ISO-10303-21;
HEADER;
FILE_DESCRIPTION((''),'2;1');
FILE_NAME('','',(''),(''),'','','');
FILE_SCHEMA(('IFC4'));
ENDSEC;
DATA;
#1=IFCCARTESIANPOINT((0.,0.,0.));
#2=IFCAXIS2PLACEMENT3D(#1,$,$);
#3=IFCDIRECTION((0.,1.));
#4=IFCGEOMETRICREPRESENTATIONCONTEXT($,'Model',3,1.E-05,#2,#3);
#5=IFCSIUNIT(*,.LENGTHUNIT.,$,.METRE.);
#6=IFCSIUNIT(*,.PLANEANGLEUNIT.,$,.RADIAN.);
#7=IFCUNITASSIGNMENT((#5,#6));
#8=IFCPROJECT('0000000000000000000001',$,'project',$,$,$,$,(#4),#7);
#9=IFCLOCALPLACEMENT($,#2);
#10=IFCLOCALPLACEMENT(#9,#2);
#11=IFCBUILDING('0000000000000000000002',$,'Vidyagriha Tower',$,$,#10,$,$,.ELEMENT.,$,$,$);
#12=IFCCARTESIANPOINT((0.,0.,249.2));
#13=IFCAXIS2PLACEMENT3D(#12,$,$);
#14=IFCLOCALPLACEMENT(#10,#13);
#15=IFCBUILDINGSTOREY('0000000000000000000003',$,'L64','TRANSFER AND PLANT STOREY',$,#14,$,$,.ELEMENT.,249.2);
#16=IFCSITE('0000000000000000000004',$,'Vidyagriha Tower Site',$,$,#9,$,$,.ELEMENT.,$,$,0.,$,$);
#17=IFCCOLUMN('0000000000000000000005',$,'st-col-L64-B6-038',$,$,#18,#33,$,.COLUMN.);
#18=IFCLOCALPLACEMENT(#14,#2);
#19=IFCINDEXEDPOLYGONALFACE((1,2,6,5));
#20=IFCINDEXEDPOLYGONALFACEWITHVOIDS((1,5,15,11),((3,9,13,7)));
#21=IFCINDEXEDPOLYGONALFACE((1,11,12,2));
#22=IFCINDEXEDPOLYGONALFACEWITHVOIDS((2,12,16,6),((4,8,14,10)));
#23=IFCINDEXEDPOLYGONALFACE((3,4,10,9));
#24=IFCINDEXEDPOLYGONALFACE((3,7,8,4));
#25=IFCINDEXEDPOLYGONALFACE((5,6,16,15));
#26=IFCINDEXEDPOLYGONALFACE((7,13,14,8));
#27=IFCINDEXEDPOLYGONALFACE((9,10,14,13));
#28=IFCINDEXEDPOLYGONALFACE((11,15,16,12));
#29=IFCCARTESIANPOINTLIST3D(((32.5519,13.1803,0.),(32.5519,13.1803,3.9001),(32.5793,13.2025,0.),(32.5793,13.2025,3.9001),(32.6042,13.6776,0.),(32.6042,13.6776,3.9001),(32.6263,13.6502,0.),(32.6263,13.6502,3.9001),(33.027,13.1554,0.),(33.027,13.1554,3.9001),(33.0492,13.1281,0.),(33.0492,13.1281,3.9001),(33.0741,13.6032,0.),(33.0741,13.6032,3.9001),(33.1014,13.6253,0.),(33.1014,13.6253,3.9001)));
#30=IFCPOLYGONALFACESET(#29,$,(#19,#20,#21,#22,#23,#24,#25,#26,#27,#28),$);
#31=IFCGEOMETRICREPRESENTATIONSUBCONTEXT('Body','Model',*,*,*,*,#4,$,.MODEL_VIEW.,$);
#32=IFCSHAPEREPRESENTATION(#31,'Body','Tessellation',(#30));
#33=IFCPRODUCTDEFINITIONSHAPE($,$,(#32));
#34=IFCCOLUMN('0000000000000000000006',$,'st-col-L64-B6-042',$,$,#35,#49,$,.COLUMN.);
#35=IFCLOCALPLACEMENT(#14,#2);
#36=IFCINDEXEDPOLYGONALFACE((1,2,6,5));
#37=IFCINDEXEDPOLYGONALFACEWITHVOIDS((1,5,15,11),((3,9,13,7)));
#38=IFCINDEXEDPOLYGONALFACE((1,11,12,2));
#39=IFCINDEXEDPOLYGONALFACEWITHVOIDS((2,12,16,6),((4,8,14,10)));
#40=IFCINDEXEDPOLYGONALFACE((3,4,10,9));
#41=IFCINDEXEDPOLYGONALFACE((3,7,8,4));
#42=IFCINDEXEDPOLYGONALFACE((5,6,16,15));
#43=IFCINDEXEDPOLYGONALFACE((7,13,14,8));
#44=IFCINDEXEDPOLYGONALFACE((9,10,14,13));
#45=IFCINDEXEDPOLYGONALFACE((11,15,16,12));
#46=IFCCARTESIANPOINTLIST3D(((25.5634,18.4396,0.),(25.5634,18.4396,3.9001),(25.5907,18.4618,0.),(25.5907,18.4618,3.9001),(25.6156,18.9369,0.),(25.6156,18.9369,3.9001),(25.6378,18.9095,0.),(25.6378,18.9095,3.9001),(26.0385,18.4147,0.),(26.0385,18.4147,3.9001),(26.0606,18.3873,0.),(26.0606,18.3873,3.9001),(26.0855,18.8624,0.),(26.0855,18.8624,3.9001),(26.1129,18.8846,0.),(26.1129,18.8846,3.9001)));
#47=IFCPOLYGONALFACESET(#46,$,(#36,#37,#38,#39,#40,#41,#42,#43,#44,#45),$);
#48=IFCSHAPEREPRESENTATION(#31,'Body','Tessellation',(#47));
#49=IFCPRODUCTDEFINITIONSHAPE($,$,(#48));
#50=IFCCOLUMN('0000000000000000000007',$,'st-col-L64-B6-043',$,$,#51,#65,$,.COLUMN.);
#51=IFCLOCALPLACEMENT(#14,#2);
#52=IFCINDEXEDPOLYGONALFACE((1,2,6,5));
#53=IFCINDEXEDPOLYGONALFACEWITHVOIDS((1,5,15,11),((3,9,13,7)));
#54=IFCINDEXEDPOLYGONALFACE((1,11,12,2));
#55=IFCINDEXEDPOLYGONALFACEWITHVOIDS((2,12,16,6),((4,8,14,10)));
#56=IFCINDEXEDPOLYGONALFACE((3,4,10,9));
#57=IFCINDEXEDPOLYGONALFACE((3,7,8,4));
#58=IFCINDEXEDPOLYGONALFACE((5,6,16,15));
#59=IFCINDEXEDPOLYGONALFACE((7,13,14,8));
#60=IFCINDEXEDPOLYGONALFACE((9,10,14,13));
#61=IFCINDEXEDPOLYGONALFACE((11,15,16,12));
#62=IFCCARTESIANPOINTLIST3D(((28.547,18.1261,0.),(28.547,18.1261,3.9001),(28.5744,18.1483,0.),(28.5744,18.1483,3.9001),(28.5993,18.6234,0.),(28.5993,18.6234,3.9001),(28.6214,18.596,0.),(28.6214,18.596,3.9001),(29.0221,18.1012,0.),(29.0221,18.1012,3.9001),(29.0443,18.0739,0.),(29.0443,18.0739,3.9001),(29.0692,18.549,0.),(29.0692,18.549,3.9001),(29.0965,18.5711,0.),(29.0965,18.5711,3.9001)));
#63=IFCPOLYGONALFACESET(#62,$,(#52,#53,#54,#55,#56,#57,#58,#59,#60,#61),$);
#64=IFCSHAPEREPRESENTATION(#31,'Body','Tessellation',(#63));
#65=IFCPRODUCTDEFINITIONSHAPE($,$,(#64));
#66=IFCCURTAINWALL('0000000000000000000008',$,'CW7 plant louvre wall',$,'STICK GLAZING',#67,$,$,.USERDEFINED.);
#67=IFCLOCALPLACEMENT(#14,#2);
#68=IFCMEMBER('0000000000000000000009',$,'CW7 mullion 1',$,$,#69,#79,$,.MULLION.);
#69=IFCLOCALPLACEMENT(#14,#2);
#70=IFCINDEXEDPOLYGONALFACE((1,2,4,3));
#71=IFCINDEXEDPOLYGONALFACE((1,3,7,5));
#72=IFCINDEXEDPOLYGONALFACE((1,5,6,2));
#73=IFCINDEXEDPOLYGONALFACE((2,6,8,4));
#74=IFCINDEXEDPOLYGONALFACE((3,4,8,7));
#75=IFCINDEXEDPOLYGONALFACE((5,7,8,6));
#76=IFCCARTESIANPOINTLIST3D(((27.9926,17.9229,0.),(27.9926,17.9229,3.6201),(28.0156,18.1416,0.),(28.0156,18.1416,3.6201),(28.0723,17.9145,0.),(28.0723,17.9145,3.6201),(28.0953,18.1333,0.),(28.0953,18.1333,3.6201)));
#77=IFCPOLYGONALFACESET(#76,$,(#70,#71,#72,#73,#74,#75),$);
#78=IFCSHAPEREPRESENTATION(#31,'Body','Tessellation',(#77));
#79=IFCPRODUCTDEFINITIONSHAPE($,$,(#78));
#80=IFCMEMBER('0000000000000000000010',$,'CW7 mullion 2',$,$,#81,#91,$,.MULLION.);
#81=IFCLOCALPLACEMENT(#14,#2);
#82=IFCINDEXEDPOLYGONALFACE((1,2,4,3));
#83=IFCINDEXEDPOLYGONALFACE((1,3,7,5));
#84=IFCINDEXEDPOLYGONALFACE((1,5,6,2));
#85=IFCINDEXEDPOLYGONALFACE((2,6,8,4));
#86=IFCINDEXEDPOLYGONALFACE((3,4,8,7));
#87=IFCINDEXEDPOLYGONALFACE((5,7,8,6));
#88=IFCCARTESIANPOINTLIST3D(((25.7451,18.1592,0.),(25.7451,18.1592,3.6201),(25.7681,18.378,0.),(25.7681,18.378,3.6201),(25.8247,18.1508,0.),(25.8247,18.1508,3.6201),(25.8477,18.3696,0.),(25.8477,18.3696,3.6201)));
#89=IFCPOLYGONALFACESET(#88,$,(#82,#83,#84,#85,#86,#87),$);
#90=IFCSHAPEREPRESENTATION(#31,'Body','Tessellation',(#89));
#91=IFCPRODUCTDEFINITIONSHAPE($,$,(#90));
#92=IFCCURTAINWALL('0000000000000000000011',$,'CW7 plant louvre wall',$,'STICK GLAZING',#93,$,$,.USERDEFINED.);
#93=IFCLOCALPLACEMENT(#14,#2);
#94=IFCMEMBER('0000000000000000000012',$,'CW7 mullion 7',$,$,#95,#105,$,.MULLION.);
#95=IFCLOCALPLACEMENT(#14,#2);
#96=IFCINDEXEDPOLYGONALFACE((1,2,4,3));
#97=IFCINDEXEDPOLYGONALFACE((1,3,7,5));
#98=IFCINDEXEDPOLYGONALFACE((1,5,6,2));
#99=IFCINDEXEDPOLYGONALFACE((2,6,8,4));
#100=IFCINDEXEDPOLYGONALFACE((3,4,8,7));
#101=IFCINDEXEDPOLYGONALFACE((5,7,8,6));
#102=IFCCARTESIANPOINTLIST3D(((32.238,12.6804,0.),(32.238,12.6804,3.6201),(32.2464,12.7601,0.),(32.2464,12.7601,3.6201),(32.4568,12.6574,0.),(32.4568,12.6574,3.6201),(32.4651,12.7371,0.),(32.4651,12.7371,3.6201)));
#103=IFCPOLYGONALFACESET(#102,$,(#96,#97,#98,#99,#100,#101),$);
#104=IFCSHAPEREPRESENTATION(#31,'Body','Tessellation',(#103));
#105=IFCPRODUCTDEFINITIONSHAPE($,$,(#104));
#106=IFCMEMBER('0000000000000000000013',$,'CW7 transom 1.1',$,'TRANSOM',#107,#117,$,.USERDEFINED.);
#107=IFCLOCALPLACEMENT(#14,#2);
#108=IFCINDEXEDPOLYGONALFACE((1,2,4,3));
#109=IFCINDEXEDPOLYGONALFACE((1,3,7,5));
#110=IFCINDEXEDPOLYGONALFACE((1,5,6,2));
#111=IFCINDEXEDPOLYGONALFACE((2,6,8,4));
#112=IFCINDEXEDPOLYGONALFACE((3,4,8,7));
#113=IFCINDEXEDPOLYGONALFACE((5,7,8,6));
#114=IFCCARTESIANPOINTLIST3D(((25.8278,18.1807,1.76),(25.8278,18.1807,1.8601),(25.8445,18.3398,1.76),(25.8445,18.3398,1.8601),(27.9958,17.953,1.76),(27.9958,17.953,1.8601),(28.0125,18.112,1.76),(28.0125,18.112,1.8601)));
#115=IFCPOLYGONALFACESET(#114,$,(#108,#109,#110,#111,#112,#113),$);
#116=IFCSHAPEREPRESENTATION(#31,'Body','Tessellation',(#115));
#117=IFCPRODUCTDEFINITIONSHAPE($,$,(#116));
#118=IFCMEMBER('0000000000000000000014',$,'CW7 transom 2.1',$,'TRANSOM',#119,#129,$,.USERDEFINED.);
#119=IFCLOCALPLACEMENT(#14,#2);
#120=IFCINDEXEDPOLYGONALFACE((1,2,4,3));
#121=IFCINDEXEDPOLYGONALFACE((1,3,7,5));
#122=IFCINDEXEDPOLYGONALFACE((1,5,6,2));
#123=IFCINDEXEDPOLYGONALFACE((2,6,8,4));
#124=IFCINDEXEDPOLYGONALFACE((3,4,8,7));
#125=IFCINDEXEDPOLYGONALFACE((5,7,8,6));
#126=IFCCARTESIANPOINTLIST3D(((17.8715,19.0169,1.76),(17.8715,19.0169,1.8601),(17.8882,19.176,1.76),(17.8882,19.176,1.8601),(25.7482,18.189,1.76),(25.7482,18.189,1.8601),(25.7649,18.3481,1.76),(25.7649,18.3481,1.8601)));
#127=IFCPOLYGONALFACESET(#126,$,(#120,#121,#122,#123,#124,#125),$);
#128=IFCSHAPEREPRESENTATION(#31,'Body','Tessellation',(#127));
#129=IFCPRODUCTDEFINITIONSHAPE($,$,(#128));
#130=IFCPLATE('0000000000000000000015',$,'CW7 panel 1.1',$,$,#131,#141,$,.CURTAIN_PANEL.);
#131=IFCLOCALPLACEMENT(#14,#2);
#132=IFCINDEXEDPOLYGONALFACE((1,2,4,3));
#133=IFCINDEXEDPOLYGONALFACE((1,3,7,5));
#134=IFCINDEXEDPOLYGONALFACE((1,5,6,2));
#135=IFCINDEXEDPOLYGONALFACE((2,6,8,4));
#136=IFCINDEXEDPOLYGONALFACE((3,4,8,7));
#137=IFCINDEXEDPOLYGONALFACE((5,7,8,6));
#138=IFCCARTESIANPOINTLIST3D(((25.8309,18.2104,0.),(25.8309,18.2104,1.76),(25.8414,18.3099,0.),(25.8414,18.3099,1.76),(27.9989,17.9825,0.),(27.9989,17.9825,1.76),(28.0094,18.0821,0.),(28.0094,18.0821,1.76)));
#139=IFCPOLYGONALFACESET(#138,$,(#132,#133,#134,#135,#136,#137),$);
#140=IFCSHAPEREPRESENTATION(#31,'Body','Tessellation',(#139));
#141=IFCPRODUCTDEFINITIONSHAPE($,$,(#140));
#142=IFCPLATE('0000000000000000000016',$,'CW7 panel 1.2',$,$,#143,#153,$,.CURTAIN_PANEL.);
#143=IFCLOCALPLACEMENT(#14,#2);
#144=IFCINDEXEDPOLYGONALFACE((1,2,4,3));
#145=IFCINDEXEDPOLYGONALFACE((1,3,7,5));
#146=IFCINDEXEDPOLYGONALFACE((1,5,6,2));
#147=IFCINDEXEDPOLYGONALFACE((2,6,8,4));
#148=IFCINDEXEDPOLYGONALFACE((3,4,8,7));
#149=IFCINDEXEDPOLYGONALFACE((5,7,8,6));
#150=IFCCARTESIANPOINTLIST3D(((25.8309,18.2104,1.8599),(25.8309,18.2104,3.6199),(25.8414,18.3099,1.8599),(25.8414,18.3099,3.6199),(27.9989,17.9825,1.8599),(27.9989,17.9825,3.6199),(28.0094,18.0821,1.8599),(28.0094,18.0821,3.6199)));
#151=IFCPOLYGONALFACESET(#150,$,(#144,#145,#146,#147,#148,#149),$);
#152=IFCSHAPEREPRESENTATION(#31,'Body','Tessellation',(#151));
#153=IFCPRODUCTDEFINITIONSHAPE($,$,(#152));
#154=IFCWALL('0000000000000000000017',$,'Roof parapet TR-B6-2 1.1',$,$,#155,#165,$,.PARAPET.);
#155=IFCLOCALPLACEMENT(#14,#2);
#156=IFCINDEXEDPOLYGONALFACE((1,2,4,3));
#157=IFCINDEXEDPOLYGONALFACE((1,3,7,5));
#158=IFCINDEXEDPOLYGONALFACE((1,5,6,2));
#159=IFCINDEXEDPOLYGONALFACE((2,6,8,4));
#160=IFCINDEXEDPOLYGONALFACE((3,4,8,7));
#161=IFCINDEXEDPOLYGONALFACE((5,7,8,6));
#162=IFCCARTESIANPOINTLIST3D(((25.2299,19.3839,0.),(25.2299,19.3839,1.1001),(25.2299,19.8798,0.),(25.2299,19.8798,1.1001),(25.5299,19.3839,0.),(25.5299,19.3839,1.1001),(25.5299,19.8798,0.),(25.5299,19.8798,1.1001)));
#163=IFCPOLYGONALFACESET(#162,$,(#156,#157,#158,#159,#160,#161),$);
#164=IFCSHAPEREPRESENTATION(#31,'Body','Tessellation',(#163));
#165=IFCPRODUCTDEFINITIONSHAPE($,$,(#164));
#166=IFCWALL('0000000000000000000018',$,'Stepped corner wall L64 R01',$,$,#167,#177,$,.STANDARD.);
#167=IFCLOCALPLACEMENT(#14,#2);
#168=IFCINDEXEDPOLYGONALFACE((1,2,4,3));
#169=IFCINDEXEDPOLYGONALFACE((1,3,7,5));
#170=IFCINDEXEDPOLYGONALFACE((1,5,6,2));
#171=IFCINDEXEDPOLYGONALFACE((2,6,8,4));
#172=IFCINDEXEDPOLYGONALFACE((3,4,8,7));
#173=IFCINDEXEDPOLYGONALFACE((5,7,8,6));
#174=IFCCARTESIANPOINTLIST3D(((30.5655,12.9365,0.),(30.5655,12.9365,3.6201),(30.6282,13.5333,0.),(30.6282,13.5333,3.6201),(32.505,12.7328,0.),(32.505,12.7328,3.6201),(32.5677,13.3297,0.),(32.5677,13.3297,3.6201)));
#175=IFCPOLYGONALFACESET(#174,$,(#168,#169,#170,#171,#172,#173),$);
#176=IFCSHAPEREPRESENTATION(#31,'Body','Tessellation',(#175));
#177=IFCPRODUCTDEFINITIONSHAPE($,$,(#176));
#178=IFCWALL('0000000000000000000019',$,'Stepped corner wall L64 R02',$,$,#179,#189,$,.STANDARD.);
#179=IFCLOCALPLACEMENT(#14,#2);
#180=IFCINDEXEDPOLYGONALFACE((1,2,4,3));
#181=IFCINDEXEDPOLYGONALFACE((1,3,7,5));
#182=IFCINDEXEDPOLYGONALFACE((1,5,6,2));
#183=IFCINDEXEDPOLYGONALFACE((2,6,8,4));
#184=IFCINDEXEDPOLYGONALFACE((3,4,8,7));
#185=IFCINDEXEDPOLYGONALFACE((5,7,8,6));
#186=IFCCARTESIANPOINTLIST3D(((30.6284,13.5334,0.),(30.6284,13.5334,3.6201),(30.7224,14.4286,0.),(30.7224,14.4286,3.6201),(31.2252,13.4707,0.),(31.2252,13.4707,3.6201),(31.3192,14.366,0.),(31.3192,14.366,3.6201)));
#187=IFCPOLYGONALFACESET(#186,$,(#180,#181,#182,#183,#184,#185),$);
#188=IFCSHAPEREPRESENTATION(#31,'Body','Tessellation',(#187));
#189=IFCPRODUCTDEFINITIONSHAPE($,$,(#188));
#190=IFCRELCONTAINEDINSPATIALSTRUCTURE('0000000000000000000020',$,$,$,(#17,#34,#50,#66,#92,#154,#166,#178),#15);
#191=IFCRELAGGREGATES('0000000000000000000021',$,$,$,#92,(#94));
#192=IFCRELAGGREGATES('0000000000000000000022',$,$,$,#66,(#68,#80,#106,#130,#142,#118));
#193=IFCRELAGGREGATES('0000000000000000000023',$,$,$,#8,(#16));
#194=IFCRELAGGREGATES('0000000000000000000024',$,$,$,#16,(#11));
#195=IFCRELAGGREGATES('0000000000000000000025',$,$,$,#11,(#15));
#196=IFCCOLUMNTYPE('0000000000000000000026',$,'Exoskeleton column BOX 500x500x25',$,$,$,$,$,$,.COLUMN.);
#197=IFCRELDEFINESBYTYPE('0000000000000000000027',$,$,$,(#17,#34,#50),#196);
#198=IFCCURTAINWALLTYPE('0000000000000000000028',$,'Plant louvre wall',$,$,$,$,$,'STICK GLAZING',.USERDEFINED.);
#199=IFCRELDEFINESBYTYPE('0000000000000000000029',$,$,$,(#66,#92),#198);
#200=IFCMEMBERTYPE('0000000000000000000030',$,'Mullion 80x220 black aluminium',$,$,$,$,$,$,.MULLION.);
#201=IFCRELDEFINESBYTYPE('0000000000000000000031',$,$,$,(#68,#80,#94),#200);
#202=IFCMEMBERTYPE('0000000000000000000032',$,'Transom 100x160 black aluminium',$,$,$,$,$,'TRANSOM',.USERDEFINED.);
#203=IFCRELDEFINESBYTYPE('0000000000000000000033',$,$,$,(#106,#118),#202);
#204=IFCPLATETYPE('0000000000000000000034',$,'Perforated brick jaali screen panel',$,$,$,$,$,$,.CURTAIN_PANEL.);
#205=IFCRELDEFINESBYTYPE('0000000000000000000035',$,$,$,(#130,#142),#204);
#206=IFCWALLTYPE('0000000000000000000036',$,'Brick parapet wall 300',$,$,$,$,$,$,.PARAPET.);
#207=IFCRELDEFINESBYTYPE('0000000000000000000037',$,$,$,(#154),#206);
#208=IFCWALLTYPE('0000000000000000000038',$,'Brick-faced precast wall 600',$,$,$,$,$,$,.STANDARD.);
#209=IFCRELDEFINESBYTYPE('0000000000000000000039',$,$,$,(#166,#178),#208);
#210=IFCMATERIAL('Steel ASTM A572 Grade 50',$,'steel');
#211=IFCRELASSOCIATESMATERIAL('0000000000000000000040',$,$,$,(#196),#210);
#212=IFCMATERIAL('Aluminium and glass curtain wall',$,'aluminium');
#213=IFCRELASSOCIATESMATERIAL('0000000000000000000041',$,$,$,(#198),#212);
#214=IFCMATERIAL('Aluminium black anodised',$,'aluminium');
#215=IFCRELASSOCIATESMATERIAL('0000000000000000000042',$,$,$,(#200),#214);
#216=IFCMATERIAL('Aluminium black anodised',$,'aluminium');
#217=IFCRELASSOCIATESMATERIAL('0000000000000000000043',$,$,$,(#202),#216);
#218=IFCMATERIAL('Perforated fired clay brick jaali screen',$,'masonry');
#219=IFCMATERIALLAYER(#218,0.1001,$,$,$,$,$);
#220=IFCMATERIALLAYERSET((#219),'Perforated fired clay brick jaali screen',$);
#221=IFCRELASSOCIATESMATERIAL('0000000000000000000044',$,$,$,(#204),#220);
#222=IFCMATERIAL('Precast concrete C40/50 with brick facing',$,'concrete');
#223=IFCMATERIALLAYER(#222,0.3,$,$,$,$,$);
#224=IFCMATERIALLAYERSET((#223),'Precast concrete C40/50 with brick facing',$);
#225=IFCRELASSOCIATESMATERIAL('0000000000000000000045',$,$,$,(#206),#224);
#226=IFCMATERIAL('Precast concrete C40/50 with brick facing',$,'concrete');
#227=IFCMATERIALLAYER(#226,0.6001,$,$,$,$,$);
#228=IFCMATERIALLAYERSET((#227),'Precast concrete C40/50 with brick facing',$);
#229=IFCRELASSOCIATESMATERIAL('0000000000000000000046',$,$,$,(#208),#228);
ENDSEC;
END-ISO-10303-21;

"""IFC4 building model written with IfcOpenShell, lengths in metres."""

from ifc_helpers import new_model, si_unit, direction, frame, frame_2d, origin, origin_2d, place, context, subcontext, project, spatial, rectangle, hollow_rectangle, extrude, material, layer, layer_set, material_profile, profile_set, type_object, element, aggregate, save


model = new_model("IFC4")

# Units and contexts
model_context = context("Model", 3, precision=1e-05, world=origin(), true_north=direction((0.0, 1.0)))
body_context = subcontext(model_context, "Body", "Model", "MODEL_VIEW")
ifc_project = project(units=[si_unit("LENGTHUNIT", "METRE"), si_unit("PLANEANGLEUNIT", "RADIAN")], contexts=[model_context])

# Site, building, storey
site_placement = place(None, origin())
site = spatial("IfcSite", under=ifc_project, at=site_placement, Name="Vidyagriha Tower Site", CompositionType="ELEMENT", RefElevation=0.0)
building_placement = place(site_placement, origin())
building = spatial("IfcBuilding", under=site, at=building_placement, Name="Vidyagriha Tower", CompositionType="ELEMENT")
storey_placement = place(building_placement, frame((0.0, 0.0, 249.2)))
storey = spatial("IfcBuildingStorey", under=building, at=storey_placement, Name="L64", Description="TRANSFER AND PLANT STOREY", CompositionType="ELEMENT", Elevation=249.2)

# Columns
ifc_material_1 = material(Name="Steel ASTM A572 Grade 50", Category="steel")
ifc_material_profile_1 = material_profile(ifc_material_1, hollow_rectangle(XDim=0.5, YDim=0.5, WallThickness=0.0249, at=origin_2d()), Name="BOX 500x500x25")
ifc_profile_set_1 = profile_set([ifc_material_profile_1], Name="Steel ASTM A572 Grade 50")
column_type = type_object("IfcColumnType", Name="Exoskeleton column BOX 500x500x25", PredefinedType="COLUMN", material=ifc_profile_set_1)
for number, where, z_axis, x_axis, name in (
    (1, (32.8267, 13.4028, 0.0), (0.0, 0.0, 1.0), (0.994522, -0.104528, 0.0), "st-col-L64-B6-038"),
    (2, (25.8381, 18.6621, 0.0), (0.0, 0.0, 1.0), (0.994522, -0.104528, 0.0), "st-col-L64-B6-042"),
    (3, (28.8218, 18.3486, 0.0), (0.0, 0.0, 1.0), (0.994522, -0.104528, 0.0), "st-col-L64-B6-043"),
):
    element("IfcColumn", number, at=place(storey_placement, frame(where, z_axis=z_axis, x_axis=x_axis)), inside=storey, type_object=column_type, Name=name, PredefinedType="COLUMN", context=body_context, shape_type="SweptSolid", body=[
        extrude(hollow_rectangle(XDim=0.5, YDim=0.5, WallThickness=0.0249, at=origin_2d()), origin(), (0.0, 0.0, 1.0), 3.9001),
    ])

# Curtain wall, members
ifc_material_2 = material(Name="Aluminium and glass curtain wall", Category="aluminium")
curtain_wall_type = type_object("IfcCurtainWallType", Name="Plant louvre wall", ElementType="STICK GLAZING", PredefinedType="USERDEFINED", material=ifc_material_2)
curtain_wall_1_placement = place(storey_placement, origin())
curtain_wall_1 = element("IfcCurtainWall", 4, at=curtain_wall_1_placement, inside=storey, type_object=curtain_wall_type, Name="CW7 plant louvre wall", ObjectType="STICK GLAZING", PredefinedType="USERDEFINED")
ifc_material_3 = material(Name="Aluminium black anodised", Category="aluminium")
ifc_material_profile_2 = material_profile(ifc_material_3, rectangle(XDim=0.22, YDim=0.0801, at=origin_2d()), Name="Mullion 80x220 black aluminium")
ifc_profile_set_2 = profile_set([ifc_material_profile_2], Name="Aluminium black anodised")
member_type_1 = type_object("IfcMemberType", Name="Mullion 80x220 black aluminium", PredefinedType="MULLION", material=ifc_profile_set_2)
member_1_placement = place(storey_placement, frame((28.0439, 18.0281, 0.0), z_axis=(0.0, 0.0, 1.0), x_axis=(-0.104529, -0.994522, 0.0)))
member_1 = element("IfcMember", 5, at=member_1_placement, type_object=member_type_1, Name="CW7 mullion 1", PredefinedType="MULLION", context=body_context, shape_type="SweptSolid", body=[
    extrude(rectangle(XDim=0.22, YDim=0.0801, at=origin_2d()), origin(), (0.0, 0.0, 1.0), 3.6201),
])
member_2_placement = place(storey_placement, frame((25.7964, 18.2644, 0.0), z_axis=(0.0, 0.0, 1.0), x_axis=(-0.104529, -0.994522, 0.0)))
member_2 = element("IfcMember", 6, at=member_2_placement, type_object=member_type_1, Name="CW7 mullion 2", PredefinedType="MULLION", context=body_context, shape_type="SweptSolid", body=[
    extrude(rectangle(XDim=0.22, YDim=0.0801, at=origin_2d()), origin(), (0.0, 0.0, 1.0), 3.6201),
])

# Curtain wall, member
curtain_wall_2_placement = place(storey_placement, origin())
curtain_wall_2 = element("IfcCurtainWall", 7, at=curtain_wall_2_placement, inside=storey, type_object=curtain_wall_type, Name="CW7 plant louvre wall", ObjectType="STICK GLAZING", PredefinedType="USERDEFINED")
member_3_placement = place(storey_placement, frame((32.3516, 12.7087, 0.0), z_axis=(0.0, 0.0, 1.0), x_axis=(-0.994522, 0.104527, 0.0)))
member_3 = element("IfcMember", 8, at=member_3_placement, type_object=member_type_1, Name="CW7 mullion 7", PredefinedType="MULLION", context=body_context, shape_type="SweptSolid", body=[
    extrude(rectangle(XDim=0.22, YDim=0.0801, at=origin_2d()), origin(), (0.0, 0.0, 1.0), 3.6201),
])
aggregate(curtain_wall_2, [member_3])

# Members
ifc_material_4 = material(Name="Aluminium black anodised", Category="aluminium")
ifc_material_profile_3 = material_profile(ifc_material_4, rectangle(XDim=0.1599, YDim=0.1001, at=origin_2d()), Name="Transom 100x160 black aluminium")
ifc_profile_set_3 = profile_set([ifc_material_profile_3], Name="Aluminium black anodised")
member_type_2 = type_object("IfcMemberType", Name="Transom 100x160 black aluminium", ElementType="TRANSOM", PredefinedType="USERDEFINED", material=ifc_profile_set_3)
member_4_placement = place(storey_placement, frame((28.0042, 18.0325, 1.8101), z_axis=(-0.994526, 0.104492, 0.0), x_axis=(-0.104492, -0.994526, 0.0)))
member_4 = element("IfcMember", 9, at=member_4_placement, type_object=member_type_2, Name="CW7 transom 1.1", ObjectType="TRANSOM", PredefinedType="USERDEFINED", context=body_context, shape_type="SweptSolid", body=[
    extrude(rectangle(XDim=0.1599, YDim=0.1001, at=origin_2d()), origin(), (0.0, 0.0, 1.0), 2.1799),
])
member_5_placement = place(storey_placement, frame((25.7566, 18.2686, 1.8101), z_axis=(-0.994522, 0.104529, 0.0), x_axis=(-0.104529, -0.994522, 0.0)))
member_5 = element("IfcMember", 10, at=member_5_placement, type_object=member_type_2, Name="CW7 transom 2.1", ObjectType="TRANSOM", PredefinedType="USERDEFINED", context=body_context, shape_type="SweptSolid", body=[
    extrude(rectangle(XDim=0.1599, YDim=0.1001, at=origin_2d()), origin(), (0.0, 0.0, 1.0), 7.9202),
])

# Plates
ifc_material_5 = material(Name="Perforated fired clay brick jaali screen", Category="masonry")
ifc_layer_1 = layer(ifc_material_5, 0.1001)
ifc_layer_set_1 = layer_set([ifc_layer_1], Name="Perforated fired clay brick jaali screen")
plate_type = type_object("IfcPlateType", Name="Perforated brick jaali screen panel", PredefinedType="CURTAIN_PANEL", material=ifc_layer_set_1)
plate_1_placement = place(storey_placement, frame((26.9202, 18.1462, 0.0), z_axis=(0.0, 0.0, 1.0), x_axis=(-0.994522, 0.104529, 0.0)))
plate_1 = element("IfcPlate", 11, at=plate_1_placement, type_object=plate_type, Name="CW7 panel 1.1", PredefinedType="CURTAIN_PANEL", context=body_context, shape_type="SweptSolid", body=[
    extrude(rectangle(XDim=2.1799, YDim=0.1001, at=origin_2d()), origin(), (0.0, 0.0, 1.0), 1.76),
])
plate_2_placement = place(storey_placement, frame((26.9202, 18.1462, 1.8599), z_axis=(0.0, 0.0, 1.0), x_axis=(-0.994522, 0.104529, 0.0)))
plate_2 = element("IfcPlate", 12, at=plate_2_placement, type_object=plate_type, Name="CW7 panel 1.2", PredefinedType="CURTAIN_PANEL", context=body_context, shape_type="SweptSolid", body=[
    extrude(rectangle(XDim=2.1799, YDim=0.1001, at=origin_2d()), origin(), (0.0, 0.0, 1.0), 1.76),
])
aggregate(curtain_wall_1, [member_1, member_2, member_4, plate_1, plate_2, member_5])

# Walls
ifc_material_6 = material(Name="Precast concrete C40/50 with brick facing", Category="concrete")
ifc_layer_2 = layer(ifc_material_6, 0.3)
ifc_layer_set_2 = layer_set([ifc_layer_2], Name="Precast concrete C40/50 with brick facing")
wall_type_1 = type_object("IfcWallType", Name="Brick parapet wall 300", PredefinedType="PARAPET", material=ifc_layer_set_2)
wall_1_placement = place(storey_placement, frame((25.3799, 19.8799, 0.0), z_axis=(0.0, 0.0, 1.0), x_axis=(0.0, -1.0, 0.0)))
element("IfcWall", 13, at=wall_1_placement, inside=storey, type_object=wall_type_1, Name="Roof parapet TR-B6-2 1.1", PredefinedType="PARAPET", context=body_context, shape_type="SweptSolid", body=[
    extrude(rectangle(XDim=0.4958, YDim=0.3, at=frame_2d((0.248, 0.0))), origin(), (0.0, 0.0, 1.0), 1.1001),
])
ifc_material_7 = material(Name="Precast concrete C40/50 with brick facing", Category="concrete")
ifc_layer_3 = layer(ifc_material_7, 0.6001)
ifc_layer_set_3 = layer_set([ifc_layer_3], Name="Precast concrete C40/50 with brick facing")
wall_type_2 = type_object("IfcWallType", Name="Brick-faced precast wall 600", PredefinedType="STANDARD", material=ifc_layer_set_3)
wall_2_placement = place(storey_placement, frame((32.5364, 13.0312, 0.0), z_axis=(0.0, 0.0, 1.0), x_axis=(-0.994534, 0.104411, 0.0)))
element("IfcWall", 14, at=wall_2_placement, inside=storey, type_object=wall_type_2, Name="Stepped corner wall L64 R01", PredefinedType="STANDARD", context=body_context, shape_type="SweptSolid", body=[
    extrude(rectangle(XDim=1.9502, YDim=0.6001, at=frame_2d((0.9751, 0.0))), origin(), (0.0, 0.0, 1.0), 3.6201),
])
wall_3_placement = place(storey_placement, frame((30.9268, 13.502, 0.0), z_axis=(0.0, 0.0, 1.0), x_axis=(0.104417, 0.994534, 0.0)))
element("IfcWall", 15, at=wall_3_placement, inside=storey, type_object=wall_type_2, Name="Stepped corner wall L64 R02", PredefinedType="STANDARD", context=body_context, shape_type="SweptSolid", body=[
    extrude(rectangle(XDim=0.9001, YDim=0.6001, at=frame_2d((0.4502, 0.0))), origin(), (0.0, 0.0, 1.0), 3.6201),
])

save(model, "model.ifc")
